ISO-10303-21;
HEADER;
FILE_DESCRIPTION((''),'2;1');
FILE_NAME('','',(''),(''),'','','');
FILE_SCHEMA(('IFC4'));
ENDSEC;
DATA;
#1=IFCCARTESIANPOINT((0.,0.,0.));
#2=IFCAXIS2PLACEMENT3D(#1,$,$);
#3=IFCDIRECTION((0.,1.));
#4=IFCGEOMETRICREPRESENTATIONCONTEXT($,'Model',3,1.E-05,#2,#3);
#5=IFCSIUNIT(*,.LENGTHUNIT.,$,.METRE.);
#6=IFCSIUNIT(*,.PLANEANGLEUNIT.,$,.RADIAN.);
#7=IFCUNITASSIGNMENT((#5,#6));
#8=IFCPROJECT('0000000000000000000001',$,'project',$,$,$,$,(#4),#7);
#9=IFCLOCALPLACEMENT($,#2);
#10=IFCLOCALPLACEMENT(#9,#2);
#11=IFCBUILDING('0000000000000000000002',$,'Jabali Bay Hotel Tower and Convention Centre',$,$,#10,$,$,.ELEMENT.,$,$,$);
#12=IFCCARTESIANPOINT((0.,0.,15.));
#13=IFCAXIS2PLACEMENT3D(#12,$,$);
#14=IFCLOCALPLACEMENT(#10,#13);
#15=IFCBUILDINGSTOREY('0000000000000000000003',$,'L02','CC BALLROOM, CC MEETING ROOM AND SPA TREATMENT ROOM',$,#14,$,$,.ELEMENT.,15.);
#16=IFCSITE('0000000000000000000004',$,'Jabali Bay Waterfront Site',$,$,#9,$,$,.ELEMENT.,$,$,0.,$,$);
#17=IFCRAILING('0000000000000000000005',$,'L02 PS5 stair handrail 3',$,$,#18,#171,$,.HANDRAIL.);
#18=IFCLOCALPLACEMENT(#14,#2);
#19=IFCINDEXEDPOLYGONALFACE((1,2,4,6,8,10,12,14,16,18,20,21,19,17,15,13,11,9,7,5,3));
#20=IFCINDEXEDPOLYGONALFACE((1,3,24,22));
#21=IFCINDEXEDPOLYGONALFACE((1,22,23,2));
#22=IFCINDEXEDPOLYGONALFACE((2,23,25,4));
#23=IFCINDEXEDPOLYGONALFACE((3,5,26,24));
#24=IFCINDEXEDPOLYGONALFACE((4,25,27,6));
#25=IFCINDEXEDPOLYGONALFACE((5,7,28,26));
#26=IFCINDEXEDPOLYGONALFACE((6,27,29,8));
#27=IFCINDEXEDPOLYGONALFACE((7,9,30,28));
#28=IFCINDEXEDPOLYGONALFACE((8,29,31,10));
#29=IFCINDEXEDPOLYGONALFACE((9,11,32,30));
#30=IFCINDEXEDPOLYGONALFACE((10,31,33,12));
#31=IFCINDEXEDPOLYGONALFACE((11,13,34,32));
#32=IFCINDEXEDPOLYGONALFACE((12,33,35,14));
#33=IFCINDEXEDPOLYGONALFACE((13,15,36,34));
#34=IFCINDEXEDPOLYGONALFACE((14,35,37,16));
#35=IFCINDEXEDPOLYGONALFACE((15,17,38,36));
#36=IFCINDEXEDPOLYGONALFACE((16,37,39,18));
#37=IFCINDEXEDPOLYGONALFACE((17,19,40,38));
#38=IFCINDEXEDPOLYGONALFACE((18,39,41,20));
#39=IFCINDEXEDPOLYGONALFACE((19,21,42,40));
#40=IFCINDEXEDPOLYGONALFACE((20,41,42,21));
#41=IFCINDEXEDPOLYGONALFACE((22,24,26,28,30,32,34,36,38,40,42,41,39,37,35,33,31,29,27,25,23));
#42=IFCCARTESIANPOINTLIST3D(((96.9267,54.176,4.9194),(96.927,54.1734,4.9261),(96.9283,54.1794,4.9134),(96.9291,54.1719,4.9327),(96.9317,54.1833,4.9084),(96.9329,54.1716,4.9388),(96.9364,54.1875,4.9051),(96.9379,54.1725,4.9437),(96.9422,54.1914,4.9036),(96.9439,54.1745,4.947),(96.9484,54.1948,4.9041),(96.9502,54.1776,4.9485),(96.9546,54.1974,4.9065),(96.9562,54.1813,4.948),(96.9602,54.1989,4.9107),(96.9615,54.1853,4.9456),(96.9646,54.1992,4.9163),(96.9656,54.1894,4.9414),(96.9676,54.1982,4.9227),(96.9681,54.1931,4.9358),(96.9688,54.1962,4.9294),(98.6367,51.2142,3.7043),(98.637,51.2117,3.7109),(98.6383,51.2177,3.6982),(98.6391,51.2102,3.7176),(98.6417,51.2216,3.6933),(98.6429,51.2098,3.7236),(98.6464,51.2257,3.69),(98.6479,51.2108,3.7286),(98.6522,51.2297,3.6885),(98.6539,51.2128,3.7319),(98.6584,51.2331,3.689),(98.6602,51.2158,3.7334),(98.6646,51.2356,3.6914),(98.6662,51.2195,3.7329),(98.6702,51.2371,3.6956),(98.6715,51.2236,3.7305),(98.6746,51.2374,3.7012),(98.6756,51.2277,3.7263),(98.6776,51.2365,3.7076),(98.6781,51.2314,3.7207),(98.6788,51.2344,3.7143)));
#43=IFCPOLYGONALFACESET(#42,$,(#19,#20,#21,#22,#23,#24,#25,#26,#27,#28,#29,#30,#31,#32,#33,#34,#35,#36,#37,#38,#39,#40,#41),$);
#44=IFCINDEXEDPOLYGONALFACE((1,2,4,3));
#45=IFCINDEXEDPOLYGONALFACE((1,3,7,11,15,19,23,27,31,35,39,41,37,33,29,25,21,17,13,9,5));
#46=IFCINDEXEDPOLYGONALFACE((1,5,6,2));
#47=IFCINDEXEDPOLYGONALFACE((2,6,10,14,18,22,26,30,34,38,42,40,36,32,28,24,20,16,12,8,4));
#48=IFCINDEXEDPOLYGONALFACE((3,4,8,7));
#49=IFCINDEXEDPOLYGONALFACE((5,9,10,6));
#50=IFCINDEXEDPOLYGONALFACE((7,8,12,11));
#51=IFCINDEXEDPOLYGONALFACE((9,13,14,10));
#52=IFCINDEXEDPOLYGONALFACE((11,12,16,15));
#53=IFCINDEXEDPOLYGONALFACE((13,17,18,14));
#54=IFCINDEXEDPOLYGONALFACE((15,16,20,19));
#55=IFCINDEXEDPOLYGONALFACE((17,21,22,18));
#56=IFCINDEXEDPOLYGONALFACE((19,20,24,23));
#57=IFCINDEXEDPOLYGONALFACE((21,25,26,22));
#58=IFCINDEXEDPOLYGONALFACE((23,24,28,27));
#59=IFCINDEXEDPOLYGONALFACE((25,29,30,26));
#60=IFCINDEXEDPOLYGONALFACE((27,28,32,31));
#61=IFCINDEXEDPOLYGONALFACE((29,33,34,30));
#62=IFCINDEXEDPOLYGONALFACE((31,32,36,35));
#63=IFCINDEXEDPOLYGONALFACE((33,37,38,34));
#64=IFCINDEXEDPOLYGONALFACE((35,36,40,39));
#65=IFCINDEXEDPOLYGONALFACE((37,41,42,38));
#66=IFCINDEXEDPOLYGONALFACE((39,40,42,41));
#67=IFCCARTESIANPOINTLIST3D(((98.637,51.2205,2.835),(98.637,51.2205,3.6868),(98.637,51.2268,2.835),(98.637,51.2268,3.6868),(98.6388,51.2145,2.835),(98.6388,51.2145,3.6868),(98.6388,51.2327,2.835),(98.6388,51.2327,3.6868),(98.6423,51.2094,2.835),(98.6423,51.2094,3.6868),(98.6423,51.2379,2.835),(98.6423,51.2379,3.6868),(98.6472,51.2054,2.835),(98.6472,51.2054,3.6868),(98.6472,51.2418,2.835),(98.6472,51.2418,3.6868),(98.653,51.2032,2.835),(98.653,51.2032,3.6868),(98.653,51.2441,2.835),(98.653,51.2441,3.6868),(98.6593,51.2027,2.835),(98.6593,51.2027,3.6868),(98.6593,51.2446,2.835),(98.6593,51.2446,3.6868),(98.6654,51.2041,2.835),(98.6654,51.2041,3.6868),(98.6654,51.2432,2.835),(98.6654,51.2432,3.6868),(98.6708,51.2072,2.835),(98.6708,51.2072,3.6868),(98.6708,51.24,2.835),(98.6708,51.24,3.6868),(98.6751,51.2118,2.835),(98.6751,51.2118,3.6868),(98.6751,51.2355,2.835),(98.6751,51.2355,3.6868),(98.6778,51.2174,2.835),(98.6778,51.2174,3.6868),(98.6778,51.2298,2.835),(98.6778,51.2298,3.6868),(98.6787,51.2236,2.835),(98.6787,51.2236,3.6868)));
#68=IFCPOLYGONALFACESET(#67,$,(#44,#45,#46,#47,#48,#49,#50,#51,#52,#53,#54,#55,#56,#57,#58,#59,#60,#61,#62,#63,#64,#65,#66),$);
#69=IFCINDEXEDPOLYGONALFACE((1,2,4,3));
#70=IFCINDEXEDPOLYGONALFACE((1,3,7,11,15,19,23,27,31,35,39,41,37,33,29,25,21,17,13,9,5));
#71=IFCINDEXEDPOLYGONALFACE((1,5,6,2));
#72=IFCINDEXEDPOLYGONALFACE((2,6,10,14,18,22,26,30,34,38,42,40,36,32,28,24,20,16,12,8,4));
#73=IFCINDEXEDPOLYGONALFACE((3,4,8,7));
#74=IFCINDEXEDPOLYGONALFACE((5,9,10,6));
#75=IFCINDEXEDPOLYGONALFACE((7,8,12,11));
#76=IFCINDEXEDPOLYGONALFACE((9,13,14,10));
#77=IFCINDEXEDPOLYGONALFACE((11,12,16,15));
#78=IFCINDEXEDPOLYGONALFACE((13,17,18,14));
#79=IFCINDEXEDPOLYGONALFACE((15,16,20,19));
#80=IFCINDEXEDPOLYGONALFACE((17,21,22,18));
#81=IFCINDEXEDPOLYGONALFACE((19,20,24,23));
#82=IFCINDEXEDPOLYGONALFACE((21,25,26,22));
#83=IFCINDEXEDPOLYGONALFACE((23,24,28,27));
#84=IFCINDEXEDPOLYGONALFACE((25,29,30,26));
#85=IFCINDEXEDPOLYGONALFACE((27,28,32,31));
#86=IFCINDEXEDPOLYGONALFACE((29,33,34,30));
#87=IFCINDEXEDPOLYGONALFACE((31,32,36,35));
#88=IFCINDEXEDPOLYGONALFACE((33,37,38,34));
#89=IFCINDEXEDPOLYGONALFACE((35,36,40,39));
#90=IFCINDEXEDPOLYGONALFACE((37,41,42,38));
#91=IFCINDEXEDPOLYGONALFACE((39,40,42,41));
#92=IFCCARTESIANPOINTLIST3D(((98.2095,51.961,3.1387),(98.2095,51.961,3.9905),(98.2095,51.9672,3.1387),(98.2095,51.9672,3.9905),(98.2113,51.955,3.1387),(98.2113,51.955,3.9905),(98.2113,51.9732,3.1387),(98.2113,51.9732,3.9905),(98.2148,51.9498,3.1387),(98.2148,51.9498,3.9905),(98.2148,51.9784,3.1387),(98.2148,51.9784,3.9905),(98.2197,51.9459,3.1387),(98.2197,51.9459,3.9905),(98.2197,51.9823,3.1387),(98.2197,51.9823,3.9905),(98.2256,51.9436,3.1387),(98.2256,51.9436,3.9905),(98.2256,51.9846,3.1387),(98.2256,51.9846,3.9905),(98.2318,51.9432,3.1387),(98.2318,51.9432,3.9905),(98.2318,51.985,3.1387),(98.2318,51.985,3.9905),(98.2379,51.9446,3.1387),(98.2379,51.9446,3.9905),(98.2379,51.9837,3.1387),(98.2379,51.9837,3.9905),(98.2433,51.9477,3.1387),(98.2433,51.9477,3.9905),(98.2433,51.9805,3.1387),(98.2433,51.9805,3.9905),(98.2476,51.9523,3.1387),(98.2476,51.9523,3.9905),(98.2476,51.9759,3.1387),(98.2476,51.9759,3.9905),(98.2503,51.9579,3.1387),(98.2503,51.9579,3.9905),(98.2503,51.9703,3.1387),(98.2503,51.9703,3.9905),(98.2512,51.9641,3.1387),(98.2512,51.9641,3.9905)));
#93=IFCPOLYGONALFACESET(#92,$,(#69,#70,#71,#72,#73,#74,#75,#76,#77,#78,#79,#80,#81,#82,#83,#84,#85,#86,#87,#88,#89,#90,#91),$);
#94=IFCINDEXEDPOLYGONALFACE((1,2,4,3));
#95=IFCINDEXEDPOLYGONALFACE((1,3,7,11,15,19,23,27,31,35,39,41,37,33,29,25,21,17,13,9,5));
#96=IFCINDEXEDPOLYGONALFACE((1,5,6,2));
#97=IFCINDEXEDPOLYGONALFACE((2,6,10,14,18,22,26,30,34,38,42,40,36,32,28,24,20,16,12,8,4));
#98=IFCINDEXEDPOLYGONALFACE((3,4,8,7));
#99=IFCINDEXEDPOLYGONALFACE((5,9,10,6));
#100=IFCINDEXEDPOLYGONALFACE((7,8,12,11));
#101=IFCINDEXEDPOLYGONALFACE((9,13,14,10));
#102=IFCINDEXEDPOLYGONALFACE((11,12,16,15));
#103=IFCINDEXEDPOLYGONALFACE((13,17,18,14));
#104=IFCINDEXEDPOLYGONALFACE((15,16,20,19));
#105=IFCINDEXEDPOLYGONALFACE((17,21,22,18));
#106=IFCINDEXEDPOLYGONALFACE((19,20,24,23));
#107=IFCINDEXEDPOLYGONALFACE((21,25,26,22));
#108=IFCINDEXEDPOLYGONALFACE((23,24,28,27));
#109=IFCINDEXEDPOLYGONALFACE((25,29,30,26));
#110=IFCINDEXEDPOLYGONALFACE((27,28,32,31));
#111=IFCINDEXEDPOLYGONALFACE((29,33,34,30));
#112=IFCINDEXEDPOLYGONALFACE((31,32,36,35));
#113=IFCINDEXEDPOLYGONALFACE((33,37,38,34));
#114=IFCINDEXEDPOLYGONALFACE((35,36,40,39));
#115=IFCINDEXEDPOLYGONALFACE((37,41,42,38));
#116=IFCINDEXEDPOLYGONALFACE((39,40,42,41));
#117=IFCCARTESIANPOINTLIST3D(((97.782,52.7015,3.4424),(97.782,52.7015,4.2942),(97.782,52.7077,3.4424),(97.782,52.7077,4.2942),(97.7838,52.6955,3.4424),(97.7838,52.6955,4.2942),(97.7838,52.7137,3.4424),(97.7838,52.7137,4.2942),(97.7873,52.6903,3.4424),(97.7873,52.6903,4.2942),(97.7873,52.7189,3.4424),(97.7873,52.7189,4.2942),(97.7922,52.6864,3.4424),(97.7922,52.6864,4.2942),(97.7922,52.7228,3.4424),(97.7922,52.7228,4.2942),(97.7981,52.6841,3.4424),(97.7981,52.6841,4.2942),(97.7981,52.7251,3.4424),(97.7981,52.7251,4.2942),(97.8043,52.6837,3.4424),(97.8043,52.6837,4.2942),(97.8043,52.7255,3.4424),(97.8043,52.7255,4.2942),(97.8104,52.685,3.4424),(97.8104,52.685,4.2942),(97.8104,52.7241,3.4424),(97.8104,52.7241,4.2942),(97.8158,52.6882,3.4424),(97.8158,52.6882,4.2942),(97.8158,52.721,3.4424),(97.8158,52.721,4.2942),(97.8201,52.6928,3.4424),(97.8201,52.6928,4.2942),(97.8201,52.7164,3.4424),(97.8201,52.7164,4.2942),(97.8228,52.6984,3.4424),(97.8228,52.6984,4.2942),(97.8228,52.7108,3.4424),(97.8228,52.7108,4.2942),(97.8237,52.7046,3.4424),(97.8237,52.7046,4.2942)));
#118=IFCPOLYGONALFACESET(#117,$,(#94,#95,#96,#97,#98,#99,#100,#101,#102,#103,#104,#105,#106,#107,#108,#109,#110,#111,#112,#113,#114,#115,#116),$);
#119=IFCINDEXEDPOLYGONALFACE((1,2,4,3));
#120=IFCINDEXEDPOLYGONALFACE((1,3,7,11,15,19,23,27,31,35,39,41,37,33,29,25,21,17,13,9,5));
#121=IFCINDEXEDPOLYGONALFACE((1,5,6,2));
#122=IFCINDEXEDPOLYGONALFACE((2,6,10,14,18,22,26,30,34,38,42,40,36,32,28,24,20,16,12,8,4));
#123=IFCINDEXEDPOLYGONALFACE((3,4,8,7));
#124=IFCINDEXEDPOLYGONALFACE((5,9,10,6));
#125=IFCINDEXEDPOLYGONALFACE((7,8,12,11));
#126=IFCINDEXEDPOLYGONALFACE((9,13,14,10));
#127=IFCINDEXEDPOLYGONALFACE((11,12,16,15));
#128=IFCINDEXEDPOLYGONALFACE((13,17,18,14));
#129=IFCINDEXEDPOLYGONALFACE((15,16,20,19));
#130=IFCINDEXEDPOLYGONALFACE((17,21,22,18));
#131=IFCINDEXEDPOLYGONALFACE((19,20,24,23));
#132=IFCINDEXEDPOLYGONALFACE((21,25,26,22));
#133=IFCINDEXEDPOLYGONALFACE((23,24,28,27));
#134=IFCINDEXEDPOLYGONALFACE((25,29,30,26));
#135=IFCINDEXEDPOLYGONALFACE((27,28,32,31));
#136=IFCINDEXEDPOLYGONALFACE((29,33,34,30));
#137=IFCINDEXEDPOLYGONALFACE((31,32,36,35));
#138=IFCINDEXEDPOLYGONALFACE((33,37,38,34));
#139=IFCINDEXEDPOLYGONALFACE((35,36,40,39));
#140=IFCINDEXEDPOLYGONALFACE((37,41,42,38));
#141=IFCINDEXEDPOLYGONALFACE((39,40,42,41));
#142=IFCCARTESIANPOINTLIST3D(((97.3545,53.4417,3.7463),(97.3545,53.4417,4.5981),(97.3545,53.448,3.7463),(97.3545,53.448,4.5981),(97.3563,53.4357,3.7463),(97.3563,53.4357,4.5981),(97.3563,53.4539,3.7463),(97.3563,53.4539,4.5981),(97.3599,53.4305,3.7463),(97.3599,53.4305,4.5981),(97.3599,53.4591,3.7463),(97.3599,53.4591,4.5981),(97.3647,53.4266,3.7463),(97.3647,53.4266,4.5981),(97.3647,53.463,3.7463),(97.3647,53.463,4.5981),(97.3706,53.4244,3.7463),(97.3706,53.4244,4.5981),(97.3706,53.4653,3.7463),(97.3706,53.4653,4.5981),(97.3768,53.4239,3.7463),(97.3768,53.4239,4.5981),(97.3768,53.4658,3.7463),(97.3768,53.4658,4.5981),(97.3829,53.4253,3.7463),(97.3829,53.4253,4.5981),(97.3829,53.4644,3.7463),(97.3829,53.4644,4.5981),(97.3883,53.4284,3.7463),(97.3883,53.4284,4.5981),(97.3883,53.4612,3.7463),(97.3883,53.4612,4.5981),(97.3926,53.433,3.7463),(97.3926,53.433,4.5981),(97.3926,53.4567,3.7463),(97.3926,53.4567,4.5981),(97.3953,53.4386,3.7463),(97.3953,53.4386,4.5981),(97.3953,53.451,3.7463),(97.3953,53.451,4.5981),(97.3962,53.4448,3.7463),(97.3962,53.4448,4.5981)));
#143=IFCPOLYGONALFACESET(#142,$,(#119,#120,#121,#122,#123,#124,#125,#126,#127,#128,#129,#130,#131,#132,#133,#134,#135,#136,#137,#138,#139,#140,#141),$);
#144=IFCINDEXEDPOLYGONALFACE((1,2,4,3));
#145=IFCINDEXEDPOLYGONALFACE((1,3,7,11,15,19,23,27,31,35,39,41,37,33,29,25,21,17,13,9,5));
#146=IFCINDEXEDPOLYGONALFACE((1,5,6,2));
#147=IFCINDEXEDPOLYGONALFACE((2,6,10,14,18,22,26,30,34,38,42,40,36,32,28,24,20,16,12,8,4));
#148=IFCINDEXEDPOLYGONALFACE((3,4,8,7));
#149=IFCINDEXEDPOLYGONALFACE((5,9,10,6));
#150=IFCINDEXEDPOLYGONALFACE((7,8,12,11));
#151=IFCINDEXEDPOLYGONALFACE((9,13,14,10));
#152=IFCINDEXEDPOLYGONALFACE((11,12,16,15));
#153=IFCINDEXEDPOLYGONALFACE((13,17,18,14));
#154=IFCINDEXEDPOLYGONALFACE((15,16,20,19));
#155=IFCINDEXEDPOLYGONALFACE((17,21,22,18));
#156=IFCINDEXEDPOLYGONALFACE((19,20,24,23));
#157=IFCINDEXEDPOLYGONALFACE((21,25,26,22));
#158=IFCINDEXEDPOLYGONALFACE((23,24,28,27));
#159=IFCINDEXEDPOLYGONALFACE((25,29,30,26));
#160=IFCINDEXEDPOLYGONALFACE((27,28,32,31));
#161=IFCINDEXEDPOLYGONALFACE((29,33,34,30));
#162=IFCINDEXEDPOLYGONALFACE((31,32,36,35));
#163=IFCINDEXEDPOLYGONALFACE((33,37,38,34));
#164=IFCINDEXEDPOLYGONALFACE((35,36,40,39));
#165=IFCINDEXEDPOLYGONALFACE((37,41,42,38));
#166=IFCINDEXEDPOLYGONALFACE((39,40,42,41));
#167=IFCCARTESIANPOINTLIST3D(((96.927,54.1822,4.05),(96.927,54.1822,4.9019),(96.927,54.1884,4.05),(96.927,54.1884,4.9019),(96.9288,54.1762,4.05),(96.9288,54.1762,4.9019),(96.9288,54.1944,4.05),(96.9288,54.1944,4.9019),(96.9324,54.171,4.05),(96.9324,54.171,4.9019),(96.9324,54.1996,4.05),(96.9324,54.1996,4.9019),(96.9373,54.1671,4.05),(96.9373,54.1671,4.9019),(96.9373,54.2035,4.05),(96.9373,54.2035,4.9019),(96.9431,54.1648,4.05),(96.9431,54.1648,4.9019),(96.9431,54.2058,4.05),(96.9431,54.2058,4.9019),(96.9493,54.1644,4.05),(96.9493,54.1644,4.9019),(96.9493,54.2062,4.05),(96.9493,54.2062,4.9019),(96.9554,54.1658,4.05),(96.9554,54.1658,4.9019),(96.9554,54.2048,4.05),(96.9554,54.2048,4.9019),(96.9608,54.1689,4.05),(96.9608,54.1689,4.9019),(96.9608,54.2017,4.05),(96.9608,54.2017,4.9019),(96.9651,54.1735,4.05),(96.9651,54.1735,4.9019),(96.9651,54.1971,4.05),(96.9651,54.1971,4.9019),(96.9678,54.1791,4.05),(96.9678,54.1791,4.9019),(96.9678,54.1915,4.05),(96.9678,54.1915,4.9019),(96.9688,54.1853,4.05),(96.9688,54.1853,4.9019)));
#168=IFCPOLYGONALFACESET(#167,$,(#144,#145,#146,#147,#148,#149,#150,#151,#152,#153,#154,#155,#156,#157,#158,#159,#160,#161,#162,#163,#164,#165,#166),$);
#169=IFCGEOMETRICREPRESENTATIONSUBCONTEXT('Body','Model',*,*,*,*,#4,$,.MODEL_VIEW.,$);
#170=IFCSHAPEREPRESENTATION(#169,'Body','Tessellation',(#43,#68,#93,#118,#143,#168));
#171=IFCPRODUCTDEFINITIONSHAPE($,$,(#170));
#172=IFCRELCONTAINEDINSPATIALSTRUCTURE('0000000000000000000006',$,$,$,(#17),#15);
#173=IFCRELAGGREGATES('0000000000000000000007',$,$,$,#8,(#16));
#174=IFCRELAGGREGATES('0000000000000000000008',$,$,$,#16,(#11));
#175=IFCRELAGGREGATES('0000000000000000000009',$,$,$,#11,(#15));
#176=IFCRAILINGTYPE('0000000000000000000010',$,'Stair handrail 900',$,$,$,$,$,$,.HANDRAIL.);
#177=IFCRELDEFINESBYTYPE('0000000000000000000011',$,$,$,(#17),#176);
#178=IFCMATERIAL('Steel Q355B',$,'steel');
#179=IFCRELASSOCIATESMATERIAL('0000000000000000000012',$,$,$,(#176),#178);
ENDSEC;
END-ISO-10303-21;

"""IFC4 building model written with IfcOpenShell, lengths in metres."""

from ifc_helpers import new_model, si_unit, direction, frame, origin, origin_2d, place, context, subcontext, project, spatial, circle, extrude, material, type_object, element, save


model = new_model("IFC4")

# Units and contexts
model_context = context("Model", 3, precision=1e-05, world=origin(), true_north=direction((0.0, 1.0)))
body_context = subcontext(model_context, "Body", "Model", "MODEL_VIEW")
ifc_project = project(units=[si_unit("LENGTHUNIT", "METRE"), si_unit("PLANEANGLEUNIT", "RADIAN")], contexts=[model_context])

# Site, building, storey
site_placement = place(None, origin())
site = spatial("IfcSite", under=ifc_project, at=site_placement, Name="Jabali Bay Waterfront Site", CompositionType="ELEMENT", RefElevation=0.0)
building_placement = place(site_placement, origin())
building = spatial("IfcBuilding", under=site, at=building_placement, Name="Jabali Bay Hotel Tower and Convention Centre", CompositionType="ELEMENT")
storey_placement = place(building_placement, frame((0.0, 0.0, 15.0)))
storey = spatial("IfcBuildingStorey", under=building, at=storey_placement, Name="L02", Description="CC BALLROOM, CC MEETING ROOM AND SPA TREATMENT ROOM", CompositionType="ELEMENT", Elevation=15.0)

# Railing
ifc_material_1 = material(Name="Steel Q355B", Category="steel")
railing_type_1 = type_object("IfcRailingType", Name="Stair handrail 900", PredefinedType="HANDRAIL", material=ifc_material_1)
for number, where, name in (
    (1, (98.6577, 51.2236, 2.835), "L02 PS5 stair handrail 3"),
):
    element("IfcRailing", number, at=place(storey_placement, frame(where)), inside=storey, type_object=railing_type_1, Name=name, PredefinedType="HANDRAIL", context=body_context, shape_type="SweptSolid", body=[
        extrude(circle(Radius=0.0239, at=origin_2d()), frame((0.0, 0.0, 0.876), z_axis=(-0.471153, 0.816042, 0.334799), x_axis=(-0.86602, -0.500009, 0.0)), (0.0, 0.0, 1.0), 3.6294),
        extrude(circle(Radius=0.021, at=origin_2d()), origin(), (0.0, 0.0, 1.0), 0.8518),
        extrude(circle(Radius=0.021, at=origin_2d()), frame((-0.4275, 0.7405, 0.3037)), (0.0, 0.0, 1.0), 0.8518),
        extrude(circle(Radius=0.021, at=origin_2d()), frame((-0.855, 1.481, 0.6074)), (0.0, 0.0, 1.0), 0.8518),
        extrude(circle(Radius=0.021, at=origin_2d()), frame((-1.2825, 2.2212, 0.9114)), (0.0, 0.0, 1.0), 0.8518),
        extrude(circle(Radius=0.021, at=origin_2d()), frame((-1.71, 2.9617, 1.2151)), (0.0, 0.0, 1.0), 0.8518),
    ])

save(model, "model.ifc")
